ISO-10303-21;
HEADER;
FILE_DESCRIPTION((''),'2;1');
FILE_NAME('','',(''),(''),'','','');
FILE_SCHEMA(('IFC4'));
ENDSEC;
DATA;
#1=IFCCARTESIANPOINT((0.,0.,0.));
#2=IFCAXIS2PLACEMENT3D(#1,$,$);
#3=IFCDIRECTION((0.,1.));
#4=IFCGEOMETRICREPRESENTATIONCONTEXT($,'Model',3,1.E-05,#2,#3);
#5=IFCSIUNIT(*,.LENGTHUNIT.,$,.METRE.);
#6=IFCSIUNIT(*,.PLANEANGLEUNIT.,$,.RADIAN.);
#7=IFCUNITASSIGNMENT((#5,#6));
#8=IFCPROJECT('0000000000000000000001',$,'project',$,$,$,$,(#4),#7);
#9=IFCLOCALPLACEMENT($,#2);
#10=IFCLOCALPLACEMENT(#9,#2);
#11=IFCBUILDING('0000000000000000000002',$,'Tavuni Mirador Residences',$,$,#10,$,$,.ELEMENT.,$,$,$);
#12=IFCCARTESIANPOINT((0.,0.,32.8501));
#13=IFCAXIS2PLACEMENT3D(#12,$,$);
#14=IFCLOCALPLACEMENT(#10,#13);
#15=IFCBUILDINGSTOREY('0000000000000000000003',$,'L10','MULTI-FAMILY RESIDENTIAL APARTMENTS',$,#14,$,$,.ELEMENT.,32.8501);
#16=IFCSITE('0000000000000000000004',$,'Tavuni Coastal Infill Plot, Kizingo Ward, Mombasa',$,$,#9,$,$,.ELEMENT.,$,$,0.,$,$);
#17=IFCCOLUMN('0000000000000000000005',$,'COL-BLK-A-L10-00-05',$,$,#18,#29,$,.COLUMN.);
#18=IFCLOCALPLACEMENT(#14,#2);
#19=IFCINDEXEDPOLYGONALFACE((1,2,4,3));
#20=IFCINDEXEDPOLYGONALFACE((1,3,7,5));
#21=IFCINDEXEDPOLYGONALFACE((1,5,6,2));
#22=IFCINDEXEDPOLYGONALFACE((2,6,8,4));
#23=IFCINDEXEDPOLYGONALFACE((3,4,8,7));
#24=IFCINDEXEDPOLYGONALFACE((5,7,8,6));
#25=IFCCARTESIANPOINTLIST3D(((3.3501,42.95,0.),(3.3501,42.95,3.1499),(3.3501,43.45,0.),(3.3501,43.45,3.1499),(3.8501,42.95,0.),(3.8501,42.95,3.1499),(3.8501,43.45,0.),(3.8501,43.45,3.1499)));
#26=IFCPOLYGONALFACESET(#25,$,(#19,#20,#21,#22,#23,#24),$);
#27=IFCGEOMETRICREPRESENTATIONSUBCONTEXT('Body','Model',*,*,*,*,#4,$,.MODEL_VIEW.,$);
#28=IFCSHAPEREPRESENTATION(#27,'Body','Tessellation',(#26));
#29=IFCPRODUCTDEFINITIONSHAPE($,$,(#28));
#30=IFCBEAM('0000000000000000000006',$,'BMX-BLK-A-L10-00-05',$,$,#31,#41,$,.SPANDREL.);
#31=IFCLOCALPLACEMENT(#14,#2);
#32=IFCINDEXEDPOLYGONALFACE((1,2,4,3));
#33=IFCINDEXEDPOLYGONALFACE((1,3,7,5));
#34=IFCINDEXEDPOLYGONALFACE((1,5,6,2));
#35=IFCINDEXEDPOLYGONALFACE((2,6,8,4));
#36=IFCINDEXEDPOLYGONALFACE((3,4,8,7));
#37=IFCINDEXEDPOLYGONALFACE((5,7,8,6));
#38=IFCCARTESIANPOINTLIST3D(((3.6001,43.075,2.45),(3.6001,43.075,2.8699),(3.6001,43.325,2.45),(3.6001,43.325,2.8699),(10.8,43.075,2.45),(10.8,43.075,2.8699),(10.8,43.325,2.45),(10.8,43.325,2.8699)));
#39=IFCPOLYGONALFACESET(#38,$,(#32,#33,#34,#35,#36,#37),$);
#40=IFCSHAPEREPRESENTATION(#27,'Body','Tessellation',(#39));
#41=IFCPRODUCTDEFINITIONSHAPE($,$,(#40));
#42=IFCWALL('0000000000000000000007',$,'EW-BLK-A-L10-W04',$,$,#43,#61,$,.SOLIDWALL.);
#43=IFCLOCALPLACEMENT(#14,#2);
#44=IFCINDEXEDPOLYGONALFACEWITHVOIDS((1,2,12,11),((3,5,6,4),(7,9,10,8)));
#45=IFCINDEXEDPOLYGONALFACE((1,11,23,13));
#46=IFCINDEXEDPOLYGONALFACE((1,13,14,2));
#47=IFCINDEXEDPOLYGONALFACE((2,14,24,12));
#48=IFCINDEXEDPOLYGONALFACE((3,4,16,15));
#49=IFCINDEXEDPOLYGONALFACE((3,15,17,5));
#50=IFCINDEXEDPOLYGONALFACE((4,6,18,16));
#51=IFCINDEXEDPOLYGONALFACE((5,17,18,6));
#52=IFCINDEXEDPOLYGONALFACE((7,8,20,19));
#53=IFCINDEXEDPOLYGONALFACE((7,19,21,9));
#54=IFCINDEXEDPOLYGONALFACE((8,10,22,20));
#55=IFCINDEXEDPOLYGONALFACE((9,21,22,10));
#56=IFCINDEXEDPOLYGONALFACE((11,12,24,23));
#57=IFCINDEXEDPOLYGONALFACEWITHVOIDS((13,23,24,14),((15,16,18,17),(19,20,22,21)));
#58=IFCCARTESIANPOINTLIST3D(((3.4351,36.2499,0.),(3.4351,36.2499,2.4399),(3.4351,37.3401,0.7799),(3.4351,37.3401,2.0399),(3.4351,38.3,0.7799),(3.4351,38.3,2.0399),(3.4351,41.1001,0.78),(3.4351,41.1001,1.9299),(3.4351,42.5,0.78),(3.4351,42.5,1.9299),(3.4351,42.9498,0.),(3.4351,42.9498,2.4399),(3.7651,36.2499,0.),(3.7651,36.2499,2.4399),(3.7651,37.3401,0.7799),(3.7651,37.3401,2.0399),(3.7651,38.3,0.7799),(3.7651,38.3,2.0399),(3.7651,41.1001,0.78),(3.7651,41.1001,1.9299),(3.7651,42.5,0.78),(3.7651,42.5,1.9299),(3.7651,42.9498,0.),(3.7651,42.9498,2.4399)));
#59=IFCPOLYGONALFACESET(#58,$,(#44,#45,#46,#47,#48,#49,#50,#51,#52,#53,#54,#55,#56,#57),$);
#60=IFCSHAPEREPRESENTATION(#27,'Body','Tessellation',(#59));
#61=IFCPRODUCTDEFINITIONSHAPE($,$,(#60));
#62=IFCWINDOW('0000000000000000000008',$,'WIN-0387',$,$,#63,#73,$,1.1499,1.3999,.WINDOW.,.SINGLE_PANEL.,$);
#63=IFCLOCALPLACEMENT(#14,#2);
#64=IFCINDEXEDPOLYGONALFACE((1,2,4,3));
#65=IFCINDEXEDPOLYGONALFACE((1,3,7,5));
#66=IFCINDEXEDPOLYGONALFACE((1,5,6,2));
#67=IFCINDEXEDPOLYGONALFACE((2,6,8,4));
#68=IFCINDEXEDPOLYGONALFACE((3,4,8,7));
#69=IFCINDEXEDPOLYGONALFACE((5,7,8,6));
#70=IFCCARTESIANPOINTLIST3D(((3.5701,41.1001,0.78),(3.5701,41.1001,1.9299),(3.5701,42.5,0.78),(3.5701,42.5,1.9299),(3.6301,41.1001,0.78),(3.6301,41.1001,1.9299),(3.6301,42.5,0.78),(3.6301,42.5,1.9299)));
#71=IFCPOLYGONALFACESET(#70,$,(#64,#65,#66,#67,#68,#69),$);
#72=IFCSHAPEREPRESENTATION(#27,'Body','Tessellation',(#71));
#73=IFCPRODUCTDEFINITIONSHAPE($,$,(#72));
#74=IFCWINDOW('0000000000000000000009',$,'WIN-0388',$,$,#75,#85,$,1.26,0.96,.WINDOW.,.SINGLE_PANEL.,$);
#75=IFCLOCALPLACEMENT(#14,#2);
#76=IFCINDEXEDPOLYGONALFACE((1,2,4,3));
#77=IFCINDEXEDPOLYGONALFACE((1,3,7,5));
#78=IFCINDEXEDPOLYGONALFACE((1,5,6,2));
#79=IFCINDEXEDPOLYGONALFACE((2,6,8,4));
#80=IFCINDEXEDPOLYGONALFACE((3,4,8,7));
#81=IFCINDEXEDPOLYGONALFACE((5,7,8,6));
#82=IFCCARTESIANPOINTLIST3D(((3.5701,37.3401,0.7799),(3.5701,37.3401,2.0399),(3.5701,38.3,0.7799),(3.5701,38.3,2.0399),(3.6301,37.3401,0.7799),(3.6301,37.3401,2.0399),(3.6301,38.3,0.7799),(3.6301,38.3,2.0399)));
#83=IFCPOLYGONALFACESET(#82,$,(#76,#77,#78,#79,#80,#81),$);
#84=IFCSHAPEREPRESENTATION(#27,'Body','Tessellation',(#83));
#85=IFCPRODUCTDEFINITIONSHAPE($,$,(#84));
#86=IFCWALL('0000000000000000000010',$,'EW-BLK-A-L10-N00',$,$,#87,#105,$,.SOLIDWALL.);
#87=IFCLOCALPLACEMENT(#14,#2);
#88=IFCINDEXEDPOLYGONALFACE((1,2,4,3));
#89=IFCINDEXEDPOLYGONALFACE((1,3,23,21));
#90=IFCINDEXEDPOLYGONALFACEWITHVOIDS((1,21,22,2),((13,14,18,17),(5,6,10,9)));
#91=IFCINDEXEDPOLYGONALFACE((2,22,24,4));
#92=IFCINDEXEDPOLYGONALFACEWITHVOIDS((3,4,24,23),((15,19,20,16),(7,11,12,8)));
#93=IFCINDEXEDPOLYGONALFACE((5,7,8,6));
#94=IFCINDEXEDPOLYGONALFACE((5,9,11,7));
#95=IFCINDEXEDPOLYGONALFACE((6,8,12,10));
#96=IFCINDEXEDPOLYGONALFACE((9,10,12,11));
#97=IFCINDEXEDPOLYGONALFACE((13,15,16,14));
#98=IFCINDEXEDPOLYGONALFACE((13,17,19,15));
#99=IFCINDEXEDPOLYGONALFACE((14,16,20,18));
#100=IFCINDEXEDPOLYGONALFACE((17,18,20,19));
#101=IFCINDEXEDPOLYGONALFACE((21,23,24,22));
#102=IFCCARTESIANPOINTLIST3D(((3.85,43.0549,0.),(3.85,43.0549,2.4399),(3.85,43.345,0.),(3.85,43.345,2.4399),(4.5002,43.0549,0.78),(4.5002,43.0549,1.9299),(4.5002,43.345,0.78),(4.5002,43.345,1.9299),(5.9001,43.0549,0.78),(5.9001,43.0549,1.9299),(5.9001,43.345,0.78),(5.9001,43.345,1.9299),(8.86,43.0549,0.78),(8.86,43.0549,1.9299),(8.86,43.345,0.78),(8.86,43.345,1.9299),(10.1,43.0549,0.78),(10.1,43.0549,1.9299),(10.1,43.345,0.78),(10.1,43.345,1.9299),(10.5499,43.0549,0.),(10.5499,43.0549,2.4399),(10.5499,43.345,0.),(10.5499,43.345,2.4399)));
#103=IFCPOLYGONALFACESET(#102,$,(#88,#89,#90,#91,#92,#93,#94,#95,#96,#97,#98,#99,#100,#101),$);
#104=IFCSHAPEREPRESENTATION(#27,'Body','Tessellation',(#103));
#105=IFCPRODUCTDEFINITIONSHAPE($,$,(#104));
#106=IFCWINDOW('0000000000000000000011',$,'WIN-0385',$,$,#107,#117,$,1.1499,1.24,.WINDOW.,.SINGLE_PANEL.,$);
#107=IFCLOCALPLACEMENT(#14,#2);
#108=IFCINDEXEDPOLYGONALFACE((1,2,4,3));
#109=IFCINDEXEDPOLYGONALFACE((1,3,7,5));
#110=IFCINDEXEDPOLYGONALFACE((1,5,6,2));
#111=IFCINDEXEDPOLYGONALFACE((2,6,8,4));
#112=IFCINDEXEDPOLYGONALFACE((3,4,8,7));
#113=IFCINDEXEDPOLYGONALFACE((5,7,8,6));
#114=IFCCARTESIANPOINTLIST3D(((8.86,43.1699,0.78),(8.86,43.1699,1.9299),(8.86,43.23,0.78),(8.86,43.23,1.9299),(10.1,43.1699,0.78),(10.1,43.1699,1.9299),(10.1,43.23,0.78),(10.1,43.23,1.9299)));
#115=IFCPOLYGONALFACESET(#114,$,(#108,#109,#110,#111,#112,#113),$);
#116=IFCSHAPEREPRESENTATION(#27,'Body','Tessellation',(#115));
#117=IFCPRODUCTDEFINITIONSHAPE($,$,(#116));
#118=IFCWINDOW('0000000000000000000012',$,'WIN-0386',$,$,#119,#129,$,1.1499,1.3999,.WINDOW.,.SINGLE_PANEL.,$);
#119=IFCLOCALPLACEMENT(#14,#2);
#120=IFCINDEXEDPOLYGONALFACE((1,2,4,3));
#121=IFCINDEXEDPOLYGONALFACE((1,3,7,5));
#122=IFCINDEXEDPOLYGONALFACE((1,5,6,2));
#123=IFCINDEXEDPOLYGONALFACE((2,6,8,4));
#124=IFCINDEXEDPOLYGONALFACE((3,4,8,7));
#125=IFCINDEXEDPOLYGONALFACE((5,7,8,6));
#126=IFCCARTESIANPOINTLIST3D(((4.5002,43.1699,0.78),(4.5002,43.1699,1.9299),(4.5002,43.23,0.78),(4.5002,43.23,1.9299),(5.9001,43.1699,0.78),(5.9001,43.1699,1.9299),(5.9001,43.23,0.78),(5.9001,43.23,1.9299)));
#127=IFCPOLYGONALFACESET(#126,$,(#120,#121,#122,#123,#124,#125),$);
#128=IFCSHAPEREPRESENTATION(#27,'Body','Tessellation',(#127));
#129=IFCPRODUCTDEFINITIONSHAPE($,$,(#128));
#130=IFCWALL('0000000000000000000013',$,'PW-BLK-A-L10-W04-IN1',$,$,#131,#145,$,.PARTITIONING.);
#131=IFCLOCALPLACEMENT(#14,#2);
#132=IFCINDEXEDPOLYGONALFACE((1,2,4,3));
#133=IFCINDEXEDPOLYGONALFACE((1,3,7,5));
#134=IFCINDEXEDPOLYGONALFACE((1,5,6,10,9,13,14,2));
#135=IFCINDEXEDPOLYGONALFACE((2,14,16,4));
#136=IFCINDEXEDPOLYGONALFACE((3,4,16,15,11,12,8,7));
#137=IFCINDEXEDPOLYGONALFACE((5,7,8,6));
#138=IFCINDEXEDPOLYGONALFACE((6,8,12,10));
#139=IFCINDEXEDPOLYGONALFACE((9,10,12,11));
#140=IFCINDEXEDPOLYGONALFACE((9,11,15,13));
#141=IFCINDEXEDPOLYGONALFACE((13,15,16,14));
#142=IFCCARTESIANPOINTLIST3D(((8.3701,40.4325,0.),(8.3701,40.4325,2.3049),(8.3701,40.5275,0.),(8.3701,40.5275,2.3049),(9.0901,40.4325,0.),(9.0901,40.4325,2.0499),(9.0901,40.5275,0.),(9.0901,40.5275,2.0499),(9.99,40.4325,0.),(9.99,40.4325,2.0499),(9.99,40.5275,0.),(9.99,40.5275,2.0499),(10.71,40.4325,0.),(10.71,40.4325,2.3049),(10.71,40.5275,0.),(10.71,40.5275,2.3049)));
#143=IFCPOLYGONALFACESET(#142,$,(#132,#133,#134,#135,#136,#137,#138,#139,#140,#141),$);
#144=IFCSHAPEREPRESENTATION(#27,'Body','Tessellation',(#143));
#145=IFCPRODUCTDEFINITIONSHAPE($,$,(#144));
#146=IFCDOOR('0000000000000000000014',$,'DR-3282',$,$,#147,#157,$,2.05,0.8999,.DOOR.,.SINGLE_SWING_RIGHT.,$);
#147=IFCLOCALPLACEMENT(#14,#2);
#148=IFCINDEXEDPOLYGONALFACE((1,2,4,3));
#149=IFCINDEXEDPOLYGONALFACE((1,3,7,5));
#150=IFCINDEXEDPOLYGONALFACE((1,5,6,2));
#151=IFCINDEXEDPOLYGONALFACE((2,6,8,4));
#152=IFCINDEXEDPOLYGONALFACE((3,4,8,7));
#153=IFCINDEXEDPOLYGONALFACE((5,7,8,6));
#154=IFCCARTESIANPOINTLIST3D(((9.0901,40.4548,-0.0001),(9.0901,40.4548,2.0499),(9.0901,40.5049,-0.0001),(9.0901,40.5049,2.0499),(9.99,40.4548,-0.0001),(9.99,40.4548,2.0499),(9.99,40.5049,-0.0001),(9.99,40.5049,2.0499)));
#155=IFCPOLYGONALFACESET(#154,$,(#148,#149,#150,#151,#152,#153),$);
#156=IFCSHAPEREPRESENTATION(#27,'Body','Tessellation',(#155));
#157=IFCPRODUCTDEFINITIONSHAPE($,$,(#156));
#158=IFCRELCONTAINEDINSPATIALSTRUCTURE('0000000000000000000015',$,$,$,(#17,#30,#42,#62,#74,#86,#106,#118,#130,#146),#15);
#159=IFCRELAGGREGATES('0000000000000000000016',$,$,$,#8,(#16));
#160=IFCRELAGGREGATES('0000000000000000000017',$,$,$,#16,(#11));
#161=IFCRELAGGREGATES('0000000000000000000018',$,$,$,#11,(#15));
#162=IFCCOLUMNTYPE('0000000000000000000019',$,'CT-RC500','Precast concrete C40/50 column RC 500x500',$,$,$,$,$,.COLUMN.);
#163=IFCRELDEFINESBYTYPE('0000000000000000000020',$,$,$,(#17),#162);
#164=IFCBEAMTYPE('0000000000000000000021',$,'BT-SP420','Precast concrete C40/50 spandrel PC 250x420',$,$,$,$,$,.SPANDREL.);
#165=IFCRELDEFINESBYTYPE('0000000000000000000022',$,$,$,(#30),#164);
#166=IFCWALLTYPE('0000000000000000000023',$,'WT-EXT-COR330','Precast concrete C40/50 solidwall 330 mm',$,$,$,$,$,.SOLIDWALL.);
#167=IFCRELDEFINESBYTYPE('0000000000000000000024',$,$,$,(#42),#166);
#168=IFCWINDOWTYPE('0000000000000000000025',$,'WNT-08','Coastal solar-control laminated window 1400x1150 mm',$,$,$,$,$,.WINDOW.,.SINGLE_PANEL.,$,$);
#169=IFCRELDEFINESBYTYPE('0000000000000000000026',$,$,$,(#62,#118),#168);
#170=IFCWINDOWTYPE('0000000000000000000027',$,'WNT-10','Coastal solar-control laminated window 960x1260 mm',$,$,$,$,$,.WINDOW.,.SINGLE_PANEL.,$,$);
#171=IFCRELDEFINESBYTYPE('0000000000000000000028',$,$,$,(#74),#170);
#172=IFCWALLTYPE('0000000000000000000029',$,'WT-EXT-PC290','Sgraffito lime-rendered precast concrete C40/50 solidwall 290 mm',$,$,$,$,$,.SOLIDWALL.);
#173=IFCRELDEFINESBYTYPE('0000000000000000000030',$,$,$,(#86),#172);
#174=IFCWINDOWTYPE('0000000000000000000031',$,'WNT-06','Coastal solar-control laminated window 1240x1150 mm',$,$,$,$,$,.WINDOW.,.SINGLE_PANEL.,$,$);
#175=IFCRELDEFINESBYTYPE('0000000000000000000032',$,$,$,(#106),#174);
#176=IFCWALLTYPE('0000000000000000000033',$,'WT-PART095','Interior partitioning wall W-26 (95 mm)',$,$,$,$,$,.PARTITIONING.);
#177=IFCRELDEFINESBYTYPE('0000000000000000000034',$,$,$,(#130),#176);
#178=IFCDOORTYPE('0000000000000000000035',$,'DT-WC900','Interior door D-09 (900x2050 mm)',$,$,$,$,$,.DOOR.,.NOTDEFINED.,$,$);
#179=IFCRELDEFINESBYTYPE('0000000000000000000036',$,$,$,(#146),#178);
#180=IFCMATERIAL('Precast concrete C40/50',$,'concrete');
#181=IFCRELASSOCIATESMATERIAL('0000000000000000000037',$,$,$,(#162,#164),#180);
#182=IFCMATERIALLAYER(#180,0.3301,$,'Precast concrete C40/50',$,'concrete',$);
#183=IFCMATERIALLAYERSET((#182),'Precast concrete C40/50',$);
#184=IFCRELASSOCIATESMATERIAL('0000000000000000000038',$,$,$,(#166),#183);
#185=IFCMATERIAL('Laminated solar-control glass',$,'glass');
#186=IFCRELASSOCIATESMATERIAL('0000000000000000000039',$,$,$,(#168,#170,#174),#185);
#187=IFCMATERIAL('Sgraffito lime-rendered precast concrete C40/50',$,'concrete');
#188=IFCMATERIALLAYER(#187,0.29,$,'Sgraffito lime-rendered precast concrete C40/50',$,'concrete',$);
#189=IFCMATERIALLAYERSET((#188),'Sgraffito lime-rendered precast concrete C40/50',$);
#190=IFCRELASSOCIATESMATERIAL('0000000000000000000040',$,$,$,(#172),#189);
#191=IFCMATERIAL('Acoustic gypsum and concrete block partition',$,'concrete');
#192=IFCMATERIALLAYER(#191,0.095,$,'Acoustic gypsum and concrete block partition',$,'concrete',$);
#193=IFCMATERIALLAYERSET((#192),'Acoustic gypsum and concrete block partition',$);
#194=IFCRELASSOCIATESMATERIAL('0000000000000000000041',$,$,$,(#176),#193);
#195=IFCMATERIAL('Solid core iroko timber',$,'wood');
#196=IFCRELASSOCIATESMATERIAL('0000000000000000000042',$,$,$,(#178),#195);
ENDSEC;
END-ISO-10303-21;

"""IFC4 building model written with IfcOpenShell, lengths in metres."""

from ifc_helpers import new_model, si_unit, direction, frame, frame_2d, origin, origin_2d, place, context, subcontext, project, spatial, rectangle, extrude, material, layer, layer_set, material_profile, profile_set, type_object, element, fill, save


model = new_model("IFC4")

# Units and contexts
model_context = context("Model", 3, precision=1e-05, world=origin(), true_north=direction((0.0, 1.0)))
body_context = subcontext(model_context, "Body", "Model", "MODEL_VIEW")
ifc_project = project(units=[si_unit("LENGTHUNIT", "METRE"), si_unit("PLANEANGLEUNIT", "RADIAN")], contexts=[model_context])

# Site, building, storey
site_placement = place(None, origin())
site = spatial("IfcSite", under=ifc_project, at=site_placement, Name="Tavuni Coastal Infill Plot, Kizingo Ward, Mombasa", CompositionType="ELEMENT", RefElevation=0.0)
building_placement = place(site_placement, origin())
building = spatial("IfcBuilding", under=site, at=building_placement, Name="Tavuni Mirador Residences", CompositionType="ELEMENT")
storey_placement = place(building_placement, frame((0.0, 0.0, 32.8501)))
storey = spatial("IfcBuildingStorey", under=building, at=storey_placement, Name="L10", Description="MULTI-FAMILY RESIDENTIAL APARTMENTS", CompositionType="ELEMENT", Elevation=32.8501)

# Column
ifc_material_1 = material(Name="Precast concrete C40/50", Category="concrete")
ifc_material_profile_1 = material_profile(ifc_material_1, rectangle(XDim=0.5, YDim=0.5, at=origin_2d()), Name="RC 500x500", Category="concrete")
ifc_profile_set_1 = profile_set([ifc_material_profile_1], Name="Precast concrete C40/50")
column_type = type_object("IfcColumnType", Name="CT-RC500", Description="Precast concrete C40/50 column RC 500x500", PredefinedType="COLUMN", material=ifc_profile_set_1)
column_placement = place(storey_placement, frame((3.6001, 43.2, 0.0), z_axis=(0.0, 0.0, 1.0), x_axis=(1.0, 0.0, 0.0)))
element("IfcColumn", 1, at=column_placement, inside=storey, type_object=column_type, Name="COL-BLK-A-L10-00-05", PredefinedType="COLUMN", context=body_context, shape_type="SweptSolid", body=[
    extrude(rectangle(XDim=0.5, YDim=0.5, at=origin_2d()), origin(), (0.0, 0.0, 1.0), 3.1499),
])

# Beam
ifc_material_profile_2 = material_profile(ifc_material_1, rectangle(XDim=0.25, YDim=0.4199, at=origin_2d()), Name="PC 250x420", Category="concrete")
ifc_profile_set_2 = profile_set([ifc_material_profile_2], Name="Precast concrete C40/50")
beam_type = type_object("IfcBeamType", Name="BT-SP420", Description="Precast concrete C40/50 spandrel PC 250x420", PredefinedType="SPANDREL", material=ifc_profile_set_2)
beam_placement = place(storey_placement, frame((3.6001, 43.2, 2.6599), z_axis=(1.0, 0.0, 0.0), x_axis=(0.0, 1.0, 0.0)))
element("IfcBeam", 2, at=beam_placement, inside=storey, type_object=beam_type, Name="BMX-BLK-A-L10-00-05", PredefinedType="SPANDREL", context=body_context, shape_type="SweptSolid", body=[
    extrude(rectangle(XDim=0.25, YDim=0.4199, at=origin_2d()), origin(), (0.0, 0.0, 1.0), 7.2),
])

# Walls, openings, windows
ifc_layer_1 = layer(ifc_material_1, 0.3301, Name="Precast concrete C40/50", Category="concrete")
ifc_layer_set_1 = layer_set([ifc_layer_1], Name="Precast concrete C40/50")
wall_type_1 = type_object("IfcWallType", Name="WT-EXT-COR330", Description="Precast concrete C40/50 solidwall 330 mm", PredefinedType="SOLIDWALL", material=ifc_layer_set_1)
wall_1_placement = place(storey_placement, frame((3.6001, 42.95, 0.0), z_axis=(0.0, 0.0, 1.0), x_axis=(0.0, -1.0, 0.0)))
wall_1 = element("IfcWall", 3, at=wall_1_placement, inside=storey, type_object=wall_type_1, Name="EW-BLK-A-L10-W04", PredefinedType="SOLIDWALL", context=body_context, shape_type="SweptSolid", body=[
    extrude(rectangle(XDim=6.7, YDim=0.3301, at=frame_2d((3.3501, 0.0))), origin(), (0.0, 0.0, 1.0), 2.4399),
])
opening_1_placement = place(wall_1_placement, frame((0.45, 0.0, 0.78)))
opening_1 = element("IfcOpeningElement", 4, at=opening_1_placement, cuts=wall_1, PredefinedType="OPENING", context=body_context, shape_type="SweptSolid", body=[
    extrude(rectangle(XDim=1.3999, YDim=1.1499, at=frame_2d((0.7, 0.575))), frame((0.0, 0.175, 0.0), z_axis=(0.0, -1.0, 0.0), x_axis=(1.0, 0.0, 0.0)), (0.0, 0.0, 1.0), 0.3501),
])
opening_2_placement = place(wall_1_placement, frame((4.6499, 0.0, 0.78)))
opening_2 = element("IfcOpeningElement", 5, at=opening_2_placement, cuts=wall_1, PredefinedType="OPENING", context=body_context, shape_type="SweptSolid", body=[
    extrude(rectangle(XDim=0.96, YDim=1.26, at=frame_2d((0.48, 0.6299))), frame((0.0, 0.175, 0.0), z_axis=(0.0, -1.0, 0.0), x_axis=(1.0, 0.0, 0.0)), (0.0, 0.0, 1.0), 0.3501),
])
ifc_material_2 = material(Name="Laminated solar-control glass", Category="glass")
window_type_1 = type_object("IfcWindowType", Name="WNT-08", Description="Coastal solar-control laminated window 1400x1150 mm", PartitioningType="SINGLE_PANEL", PredefinedType="WINDOW", material=ifc_material_2)
window_1_placement = place(opening_1_placement, origin())
window_1 = element("IfcWindow", 6, at=window_1_placement, inside=storey, type_object=window_type_1, Name="WIN-0387", OverallHeight=1.1499, OverallWidth=1.3999, PartitioningType="SINGLE_PANEL", PredefinedType="WINDOW", context=body_context, shape_type="SweptSolid", body=[
    extrude(rectangle(XDim=1.3999, YDim=1.1499, at=frame_2d((0.7, 0.575))), frame((0.0, 0.03, 0.0), z_axis=(0.0, -1.0, 0.0), x_axis=(1.0, 0.0, 0.0)), (0.0, 0.0, 1.0), 0.0601),
])
fill(opening_1, window_1)
window_type_2 = type_object("IfcWindowType", Name="WNT-10", Description="Coastal solar-control laminated window 960x1260 mm", PartitioningType="SINGLE_PANEL", PredefinedType="WINDOW", material=ifc_material_2)
window_2_placement = place(opening_2_placement, origin())
window_2 = element("IfcWindow", 7, at=window_2_placement, inside=storey, type_object=window_type_2, Name="WIN-0388", OverallHeight=1.26, OverallWidth=0.96, PartitioningType="SINGLE_PANEL", PredefinedType="WINDOW", context=body_context, shape_type="SweptSolid", body=[
    extrude(rectangle(XDim=0.96, YDim=1.26, at=frame_2d((0.48, 0.6299))), frame((0.0, 0.03, 0.0), z_axis=(0.0, -1.0, 0.0), x_axis=(1.0, 0.0, 0.0)), (0.0, 0.0, 1.0), 0.0601),
])
fill(opening_2, window_2)
ifc_material_3 = material(Name="Sgraffito lime-rendered precast concrete C40/50", Category="concrete")
ifc_layer_2 = layer(ifc_material_3, 0.29, Name="Sgraffito lime-rendered precast concrete C40/50", Category="concrete")
ifc_layer_set_2 = layer_set([ifc_layer_2], Name="Sgraffito lime-rendered precast concrete C40/50")
wall_type_2 = type_object("IfcWallType", Name="WT-EXT-PC290", Description="Sgraffito lime-rendered precast concrete C40/50 solidwall 290 mm", PredefinedType="SOLIDWALL", material=ifc_layer_set_2)
wall_2_placement = place(storey_placement, frame((10.55, 43.2, 0.0), z_axis=(0.0, 0.0, 1.0), x_axis=(-1.0, 0.0, 0.0)))
wall_2 = element("IfcWall", 8, at=wall_2_placement, inside=storey, type_object=wall_type_2, Name="EW-BLK-A-L10-N00", PredefinedType="SOLIDWALL", context=body_context, shape_type="SweptSolid", body=[
    extrude(rectangle(XDim=6.7, YDim=0.29, at=frame_2d((3.3501, 0.0))), origin(), (0.0, 0.0, 1.0), 2.4399),
])
opening_3_placement = place(wall_2_placement, frame((0.45, 0.0, 0.78)))
opening_3 = element("IfcOpeningElement", 9, at=opening_3_placement, cuts=wall_2, PredefinedType="OPENING", context=body_context, shape_type="SweptSolid", body=[
    extrude(rectangle(XDim=1.24, YDim=1.1499, at=frame_2d((0.6201, 0.575))), frame((0.0, 0.155, 0.0), z_axis=(0.0, -1.0, 0.0), x_axis=(1.0, 0.0, 0.0)), (0.0, 0.0, 1.0), 0.3101),
])
opening_4_placement = place(wall_2_placement, frame((4.6499, 0.0, 0.78)))
opening_4 = element("IfcOpeningElement", 10, at=opening_4_placement, cuts=wall_2, PredefinedType="OPENING", context=body_context, shape_type="SweptSolid", body=[
    extrude(rectangle(XDim=1.3999, YDim=1.1499, at=frame_2d((0.7, 0.575))), frame((0.0, 0.155, 0.0), z_axis=(0.0, -1.0, 0.0), x_axis=(1.0, 0.0, 0.0)), (0.0, 0.0, 1.0), 0.3101),
])
window_type_3 = type_object("IfcWindowType", Name="WNT-06", Description="Coastal solar-control laminated window 1240x1150 mm", PartitioningType="SINGLE_PANEL", PredefinedType="WINDOW", material=ifc_material_2)
window_3_placement = place(opening_3_placement, origin())
window_3 = element("IfcWindow", 11, at=window_3_placement, inside=storey, type_object=window_type_3, Name="WIN-0385", OverallHeight=1.1499, OverallWidth=1.24, PartitioningType="SINGLE_PANEL", PredefinedType="WINDOW", context=body_context, shape_type="SweptSolid", body=[
    extrude(rectangle(XDim=1.24, YDim=1.1499, at=frame_2d((0.6201, 0.575))), frame((0.0, 0.03, 0.0), z_axis=(0.0, -1.0, 0.0), x_axis=(1.0, 0.0, 0.0)), (0.0, 0.0, 1.0), 0.0601),
])
fill(opening_3, window_3)
window_4_placement = place(opening_4_placement, origin())
window_4 = element("IfcWindow", 12, at=window_4_placement, inside=storey, type_object=window_type_1, Name="WIN-0386", OverallHeight=1.1499, OverallWidth=1.3999, PartitioningType="SINGLE_PANEL", PredefinedType="WINDOW", context=body_context, shape_type="SweptSolid", body=[
    extrude(rectangle(XDim=1.3999, YDim=1.1499, at=frame_2d((0.7, 0.575))), frame((0.0, 0.03, 0.0), z_axis=(0.0, -1.0, 0.0), x_axis=(1.0, 0.0, 0.0)), (0.0, 0.0, 1.0), 0.0601),
])
fill(opening_4, window_4)

# Wall, opening, door
ifc_material_4 = material(Name="Acoustic gypsum and concrete block partition", Category="concrete")
ifc_layer_3 = layer(ifc_material_4, 0.095, Name="Acoustic gypsum and concrete block partition", Category="concrete")
ifc_layer_set_3 = layer_set([ifc_layer_3], Name="Acoustic gypsum and concrete block partition")
wall_type_3 = type_object("IfcWallType", Name="WT-PART095", Description="Interior partitioning wall W-26 (95 mm)", PredefinedType="PARTITIONING", material=ifc_layer_set_3)
wall_3_placement = place(storey_placement, frame((8.3701, 40.48, 0.0), z_axis=(0.0, 0.0, 1.0), x_axis=(1.0, 0.0, 0.0)))
wall_3 = element("IfcWall", 13, at=wall_3_placement, inside=storey, type_object=wall_type_3, Name="PW-BLK-A-L10-W04-IN1", PredefinedType="PARTITIONING", context=body_context, shape_type="SweptSolid", body=[
    extrude(rectangle(XDim=2.3398, YDim=0.095, at=frame_2d((1.1699, 0.0))), origin(), (0.0, 0.0, 1.0), 2.3049),
])
opening_5_placement = place(wall_3_placement, frame((0.72, 0.0, 0.0)))
opening_5 = element("IfcOpeningElement", 14, at=opening_5_placement, cuts=wall_3, PredefinedType="OPENING", context=body_context, shape_type="SweptSolid", body=[
    extrude(rectangle(XDim=0.8999, YDim=2.05, at=frame_2d((0.45, 1.0249))), frame((0.0, 0.0576, 0.0), z_axis=(0.0, -1.0, 0.0), x_axis=(1.0, 0.0, 0.0)), (0.0, 0.0, 1.0), 0.115),
])
ifc_material_5 = material(Name="Solid core iroko timber", Category="wood")
door_type_1 = type_object("IfcDoorType", Name="DT-WC900", Description="Interior door D-09 (900x2050 mm)", OperationType="NOTDEFINED", PredefinedType="DOOR", material=ifc_material_5)
door_1_placement = place(opening_5_placement, origin())
door_1 = element("IfcDoor", 15, at=door_1_placement, inside=storey, type_object=door_type_1, Name="DR-3282", OperationType="SINGLE_SWING_RIGHT", OverallHeight=2.05, OverallWidth=0.8999, PredefinedType="DOOR", context=body_context, shape_type="SweptSolid", body=[
    extrude(rectangle(XDim=0.8999, YDim=2.05, at=frame_2d((0.45, 1.0249))), frame((0.0, 0.0249, 0.0), z_axis=(0.0, -1.0, 0.0), x_axis=(1.0, 0.0, 0.0)), (0.0, 0.0, 1.0), 0.05),
])
fill(opening_5, door_1)

save(model, "model.ifc")
